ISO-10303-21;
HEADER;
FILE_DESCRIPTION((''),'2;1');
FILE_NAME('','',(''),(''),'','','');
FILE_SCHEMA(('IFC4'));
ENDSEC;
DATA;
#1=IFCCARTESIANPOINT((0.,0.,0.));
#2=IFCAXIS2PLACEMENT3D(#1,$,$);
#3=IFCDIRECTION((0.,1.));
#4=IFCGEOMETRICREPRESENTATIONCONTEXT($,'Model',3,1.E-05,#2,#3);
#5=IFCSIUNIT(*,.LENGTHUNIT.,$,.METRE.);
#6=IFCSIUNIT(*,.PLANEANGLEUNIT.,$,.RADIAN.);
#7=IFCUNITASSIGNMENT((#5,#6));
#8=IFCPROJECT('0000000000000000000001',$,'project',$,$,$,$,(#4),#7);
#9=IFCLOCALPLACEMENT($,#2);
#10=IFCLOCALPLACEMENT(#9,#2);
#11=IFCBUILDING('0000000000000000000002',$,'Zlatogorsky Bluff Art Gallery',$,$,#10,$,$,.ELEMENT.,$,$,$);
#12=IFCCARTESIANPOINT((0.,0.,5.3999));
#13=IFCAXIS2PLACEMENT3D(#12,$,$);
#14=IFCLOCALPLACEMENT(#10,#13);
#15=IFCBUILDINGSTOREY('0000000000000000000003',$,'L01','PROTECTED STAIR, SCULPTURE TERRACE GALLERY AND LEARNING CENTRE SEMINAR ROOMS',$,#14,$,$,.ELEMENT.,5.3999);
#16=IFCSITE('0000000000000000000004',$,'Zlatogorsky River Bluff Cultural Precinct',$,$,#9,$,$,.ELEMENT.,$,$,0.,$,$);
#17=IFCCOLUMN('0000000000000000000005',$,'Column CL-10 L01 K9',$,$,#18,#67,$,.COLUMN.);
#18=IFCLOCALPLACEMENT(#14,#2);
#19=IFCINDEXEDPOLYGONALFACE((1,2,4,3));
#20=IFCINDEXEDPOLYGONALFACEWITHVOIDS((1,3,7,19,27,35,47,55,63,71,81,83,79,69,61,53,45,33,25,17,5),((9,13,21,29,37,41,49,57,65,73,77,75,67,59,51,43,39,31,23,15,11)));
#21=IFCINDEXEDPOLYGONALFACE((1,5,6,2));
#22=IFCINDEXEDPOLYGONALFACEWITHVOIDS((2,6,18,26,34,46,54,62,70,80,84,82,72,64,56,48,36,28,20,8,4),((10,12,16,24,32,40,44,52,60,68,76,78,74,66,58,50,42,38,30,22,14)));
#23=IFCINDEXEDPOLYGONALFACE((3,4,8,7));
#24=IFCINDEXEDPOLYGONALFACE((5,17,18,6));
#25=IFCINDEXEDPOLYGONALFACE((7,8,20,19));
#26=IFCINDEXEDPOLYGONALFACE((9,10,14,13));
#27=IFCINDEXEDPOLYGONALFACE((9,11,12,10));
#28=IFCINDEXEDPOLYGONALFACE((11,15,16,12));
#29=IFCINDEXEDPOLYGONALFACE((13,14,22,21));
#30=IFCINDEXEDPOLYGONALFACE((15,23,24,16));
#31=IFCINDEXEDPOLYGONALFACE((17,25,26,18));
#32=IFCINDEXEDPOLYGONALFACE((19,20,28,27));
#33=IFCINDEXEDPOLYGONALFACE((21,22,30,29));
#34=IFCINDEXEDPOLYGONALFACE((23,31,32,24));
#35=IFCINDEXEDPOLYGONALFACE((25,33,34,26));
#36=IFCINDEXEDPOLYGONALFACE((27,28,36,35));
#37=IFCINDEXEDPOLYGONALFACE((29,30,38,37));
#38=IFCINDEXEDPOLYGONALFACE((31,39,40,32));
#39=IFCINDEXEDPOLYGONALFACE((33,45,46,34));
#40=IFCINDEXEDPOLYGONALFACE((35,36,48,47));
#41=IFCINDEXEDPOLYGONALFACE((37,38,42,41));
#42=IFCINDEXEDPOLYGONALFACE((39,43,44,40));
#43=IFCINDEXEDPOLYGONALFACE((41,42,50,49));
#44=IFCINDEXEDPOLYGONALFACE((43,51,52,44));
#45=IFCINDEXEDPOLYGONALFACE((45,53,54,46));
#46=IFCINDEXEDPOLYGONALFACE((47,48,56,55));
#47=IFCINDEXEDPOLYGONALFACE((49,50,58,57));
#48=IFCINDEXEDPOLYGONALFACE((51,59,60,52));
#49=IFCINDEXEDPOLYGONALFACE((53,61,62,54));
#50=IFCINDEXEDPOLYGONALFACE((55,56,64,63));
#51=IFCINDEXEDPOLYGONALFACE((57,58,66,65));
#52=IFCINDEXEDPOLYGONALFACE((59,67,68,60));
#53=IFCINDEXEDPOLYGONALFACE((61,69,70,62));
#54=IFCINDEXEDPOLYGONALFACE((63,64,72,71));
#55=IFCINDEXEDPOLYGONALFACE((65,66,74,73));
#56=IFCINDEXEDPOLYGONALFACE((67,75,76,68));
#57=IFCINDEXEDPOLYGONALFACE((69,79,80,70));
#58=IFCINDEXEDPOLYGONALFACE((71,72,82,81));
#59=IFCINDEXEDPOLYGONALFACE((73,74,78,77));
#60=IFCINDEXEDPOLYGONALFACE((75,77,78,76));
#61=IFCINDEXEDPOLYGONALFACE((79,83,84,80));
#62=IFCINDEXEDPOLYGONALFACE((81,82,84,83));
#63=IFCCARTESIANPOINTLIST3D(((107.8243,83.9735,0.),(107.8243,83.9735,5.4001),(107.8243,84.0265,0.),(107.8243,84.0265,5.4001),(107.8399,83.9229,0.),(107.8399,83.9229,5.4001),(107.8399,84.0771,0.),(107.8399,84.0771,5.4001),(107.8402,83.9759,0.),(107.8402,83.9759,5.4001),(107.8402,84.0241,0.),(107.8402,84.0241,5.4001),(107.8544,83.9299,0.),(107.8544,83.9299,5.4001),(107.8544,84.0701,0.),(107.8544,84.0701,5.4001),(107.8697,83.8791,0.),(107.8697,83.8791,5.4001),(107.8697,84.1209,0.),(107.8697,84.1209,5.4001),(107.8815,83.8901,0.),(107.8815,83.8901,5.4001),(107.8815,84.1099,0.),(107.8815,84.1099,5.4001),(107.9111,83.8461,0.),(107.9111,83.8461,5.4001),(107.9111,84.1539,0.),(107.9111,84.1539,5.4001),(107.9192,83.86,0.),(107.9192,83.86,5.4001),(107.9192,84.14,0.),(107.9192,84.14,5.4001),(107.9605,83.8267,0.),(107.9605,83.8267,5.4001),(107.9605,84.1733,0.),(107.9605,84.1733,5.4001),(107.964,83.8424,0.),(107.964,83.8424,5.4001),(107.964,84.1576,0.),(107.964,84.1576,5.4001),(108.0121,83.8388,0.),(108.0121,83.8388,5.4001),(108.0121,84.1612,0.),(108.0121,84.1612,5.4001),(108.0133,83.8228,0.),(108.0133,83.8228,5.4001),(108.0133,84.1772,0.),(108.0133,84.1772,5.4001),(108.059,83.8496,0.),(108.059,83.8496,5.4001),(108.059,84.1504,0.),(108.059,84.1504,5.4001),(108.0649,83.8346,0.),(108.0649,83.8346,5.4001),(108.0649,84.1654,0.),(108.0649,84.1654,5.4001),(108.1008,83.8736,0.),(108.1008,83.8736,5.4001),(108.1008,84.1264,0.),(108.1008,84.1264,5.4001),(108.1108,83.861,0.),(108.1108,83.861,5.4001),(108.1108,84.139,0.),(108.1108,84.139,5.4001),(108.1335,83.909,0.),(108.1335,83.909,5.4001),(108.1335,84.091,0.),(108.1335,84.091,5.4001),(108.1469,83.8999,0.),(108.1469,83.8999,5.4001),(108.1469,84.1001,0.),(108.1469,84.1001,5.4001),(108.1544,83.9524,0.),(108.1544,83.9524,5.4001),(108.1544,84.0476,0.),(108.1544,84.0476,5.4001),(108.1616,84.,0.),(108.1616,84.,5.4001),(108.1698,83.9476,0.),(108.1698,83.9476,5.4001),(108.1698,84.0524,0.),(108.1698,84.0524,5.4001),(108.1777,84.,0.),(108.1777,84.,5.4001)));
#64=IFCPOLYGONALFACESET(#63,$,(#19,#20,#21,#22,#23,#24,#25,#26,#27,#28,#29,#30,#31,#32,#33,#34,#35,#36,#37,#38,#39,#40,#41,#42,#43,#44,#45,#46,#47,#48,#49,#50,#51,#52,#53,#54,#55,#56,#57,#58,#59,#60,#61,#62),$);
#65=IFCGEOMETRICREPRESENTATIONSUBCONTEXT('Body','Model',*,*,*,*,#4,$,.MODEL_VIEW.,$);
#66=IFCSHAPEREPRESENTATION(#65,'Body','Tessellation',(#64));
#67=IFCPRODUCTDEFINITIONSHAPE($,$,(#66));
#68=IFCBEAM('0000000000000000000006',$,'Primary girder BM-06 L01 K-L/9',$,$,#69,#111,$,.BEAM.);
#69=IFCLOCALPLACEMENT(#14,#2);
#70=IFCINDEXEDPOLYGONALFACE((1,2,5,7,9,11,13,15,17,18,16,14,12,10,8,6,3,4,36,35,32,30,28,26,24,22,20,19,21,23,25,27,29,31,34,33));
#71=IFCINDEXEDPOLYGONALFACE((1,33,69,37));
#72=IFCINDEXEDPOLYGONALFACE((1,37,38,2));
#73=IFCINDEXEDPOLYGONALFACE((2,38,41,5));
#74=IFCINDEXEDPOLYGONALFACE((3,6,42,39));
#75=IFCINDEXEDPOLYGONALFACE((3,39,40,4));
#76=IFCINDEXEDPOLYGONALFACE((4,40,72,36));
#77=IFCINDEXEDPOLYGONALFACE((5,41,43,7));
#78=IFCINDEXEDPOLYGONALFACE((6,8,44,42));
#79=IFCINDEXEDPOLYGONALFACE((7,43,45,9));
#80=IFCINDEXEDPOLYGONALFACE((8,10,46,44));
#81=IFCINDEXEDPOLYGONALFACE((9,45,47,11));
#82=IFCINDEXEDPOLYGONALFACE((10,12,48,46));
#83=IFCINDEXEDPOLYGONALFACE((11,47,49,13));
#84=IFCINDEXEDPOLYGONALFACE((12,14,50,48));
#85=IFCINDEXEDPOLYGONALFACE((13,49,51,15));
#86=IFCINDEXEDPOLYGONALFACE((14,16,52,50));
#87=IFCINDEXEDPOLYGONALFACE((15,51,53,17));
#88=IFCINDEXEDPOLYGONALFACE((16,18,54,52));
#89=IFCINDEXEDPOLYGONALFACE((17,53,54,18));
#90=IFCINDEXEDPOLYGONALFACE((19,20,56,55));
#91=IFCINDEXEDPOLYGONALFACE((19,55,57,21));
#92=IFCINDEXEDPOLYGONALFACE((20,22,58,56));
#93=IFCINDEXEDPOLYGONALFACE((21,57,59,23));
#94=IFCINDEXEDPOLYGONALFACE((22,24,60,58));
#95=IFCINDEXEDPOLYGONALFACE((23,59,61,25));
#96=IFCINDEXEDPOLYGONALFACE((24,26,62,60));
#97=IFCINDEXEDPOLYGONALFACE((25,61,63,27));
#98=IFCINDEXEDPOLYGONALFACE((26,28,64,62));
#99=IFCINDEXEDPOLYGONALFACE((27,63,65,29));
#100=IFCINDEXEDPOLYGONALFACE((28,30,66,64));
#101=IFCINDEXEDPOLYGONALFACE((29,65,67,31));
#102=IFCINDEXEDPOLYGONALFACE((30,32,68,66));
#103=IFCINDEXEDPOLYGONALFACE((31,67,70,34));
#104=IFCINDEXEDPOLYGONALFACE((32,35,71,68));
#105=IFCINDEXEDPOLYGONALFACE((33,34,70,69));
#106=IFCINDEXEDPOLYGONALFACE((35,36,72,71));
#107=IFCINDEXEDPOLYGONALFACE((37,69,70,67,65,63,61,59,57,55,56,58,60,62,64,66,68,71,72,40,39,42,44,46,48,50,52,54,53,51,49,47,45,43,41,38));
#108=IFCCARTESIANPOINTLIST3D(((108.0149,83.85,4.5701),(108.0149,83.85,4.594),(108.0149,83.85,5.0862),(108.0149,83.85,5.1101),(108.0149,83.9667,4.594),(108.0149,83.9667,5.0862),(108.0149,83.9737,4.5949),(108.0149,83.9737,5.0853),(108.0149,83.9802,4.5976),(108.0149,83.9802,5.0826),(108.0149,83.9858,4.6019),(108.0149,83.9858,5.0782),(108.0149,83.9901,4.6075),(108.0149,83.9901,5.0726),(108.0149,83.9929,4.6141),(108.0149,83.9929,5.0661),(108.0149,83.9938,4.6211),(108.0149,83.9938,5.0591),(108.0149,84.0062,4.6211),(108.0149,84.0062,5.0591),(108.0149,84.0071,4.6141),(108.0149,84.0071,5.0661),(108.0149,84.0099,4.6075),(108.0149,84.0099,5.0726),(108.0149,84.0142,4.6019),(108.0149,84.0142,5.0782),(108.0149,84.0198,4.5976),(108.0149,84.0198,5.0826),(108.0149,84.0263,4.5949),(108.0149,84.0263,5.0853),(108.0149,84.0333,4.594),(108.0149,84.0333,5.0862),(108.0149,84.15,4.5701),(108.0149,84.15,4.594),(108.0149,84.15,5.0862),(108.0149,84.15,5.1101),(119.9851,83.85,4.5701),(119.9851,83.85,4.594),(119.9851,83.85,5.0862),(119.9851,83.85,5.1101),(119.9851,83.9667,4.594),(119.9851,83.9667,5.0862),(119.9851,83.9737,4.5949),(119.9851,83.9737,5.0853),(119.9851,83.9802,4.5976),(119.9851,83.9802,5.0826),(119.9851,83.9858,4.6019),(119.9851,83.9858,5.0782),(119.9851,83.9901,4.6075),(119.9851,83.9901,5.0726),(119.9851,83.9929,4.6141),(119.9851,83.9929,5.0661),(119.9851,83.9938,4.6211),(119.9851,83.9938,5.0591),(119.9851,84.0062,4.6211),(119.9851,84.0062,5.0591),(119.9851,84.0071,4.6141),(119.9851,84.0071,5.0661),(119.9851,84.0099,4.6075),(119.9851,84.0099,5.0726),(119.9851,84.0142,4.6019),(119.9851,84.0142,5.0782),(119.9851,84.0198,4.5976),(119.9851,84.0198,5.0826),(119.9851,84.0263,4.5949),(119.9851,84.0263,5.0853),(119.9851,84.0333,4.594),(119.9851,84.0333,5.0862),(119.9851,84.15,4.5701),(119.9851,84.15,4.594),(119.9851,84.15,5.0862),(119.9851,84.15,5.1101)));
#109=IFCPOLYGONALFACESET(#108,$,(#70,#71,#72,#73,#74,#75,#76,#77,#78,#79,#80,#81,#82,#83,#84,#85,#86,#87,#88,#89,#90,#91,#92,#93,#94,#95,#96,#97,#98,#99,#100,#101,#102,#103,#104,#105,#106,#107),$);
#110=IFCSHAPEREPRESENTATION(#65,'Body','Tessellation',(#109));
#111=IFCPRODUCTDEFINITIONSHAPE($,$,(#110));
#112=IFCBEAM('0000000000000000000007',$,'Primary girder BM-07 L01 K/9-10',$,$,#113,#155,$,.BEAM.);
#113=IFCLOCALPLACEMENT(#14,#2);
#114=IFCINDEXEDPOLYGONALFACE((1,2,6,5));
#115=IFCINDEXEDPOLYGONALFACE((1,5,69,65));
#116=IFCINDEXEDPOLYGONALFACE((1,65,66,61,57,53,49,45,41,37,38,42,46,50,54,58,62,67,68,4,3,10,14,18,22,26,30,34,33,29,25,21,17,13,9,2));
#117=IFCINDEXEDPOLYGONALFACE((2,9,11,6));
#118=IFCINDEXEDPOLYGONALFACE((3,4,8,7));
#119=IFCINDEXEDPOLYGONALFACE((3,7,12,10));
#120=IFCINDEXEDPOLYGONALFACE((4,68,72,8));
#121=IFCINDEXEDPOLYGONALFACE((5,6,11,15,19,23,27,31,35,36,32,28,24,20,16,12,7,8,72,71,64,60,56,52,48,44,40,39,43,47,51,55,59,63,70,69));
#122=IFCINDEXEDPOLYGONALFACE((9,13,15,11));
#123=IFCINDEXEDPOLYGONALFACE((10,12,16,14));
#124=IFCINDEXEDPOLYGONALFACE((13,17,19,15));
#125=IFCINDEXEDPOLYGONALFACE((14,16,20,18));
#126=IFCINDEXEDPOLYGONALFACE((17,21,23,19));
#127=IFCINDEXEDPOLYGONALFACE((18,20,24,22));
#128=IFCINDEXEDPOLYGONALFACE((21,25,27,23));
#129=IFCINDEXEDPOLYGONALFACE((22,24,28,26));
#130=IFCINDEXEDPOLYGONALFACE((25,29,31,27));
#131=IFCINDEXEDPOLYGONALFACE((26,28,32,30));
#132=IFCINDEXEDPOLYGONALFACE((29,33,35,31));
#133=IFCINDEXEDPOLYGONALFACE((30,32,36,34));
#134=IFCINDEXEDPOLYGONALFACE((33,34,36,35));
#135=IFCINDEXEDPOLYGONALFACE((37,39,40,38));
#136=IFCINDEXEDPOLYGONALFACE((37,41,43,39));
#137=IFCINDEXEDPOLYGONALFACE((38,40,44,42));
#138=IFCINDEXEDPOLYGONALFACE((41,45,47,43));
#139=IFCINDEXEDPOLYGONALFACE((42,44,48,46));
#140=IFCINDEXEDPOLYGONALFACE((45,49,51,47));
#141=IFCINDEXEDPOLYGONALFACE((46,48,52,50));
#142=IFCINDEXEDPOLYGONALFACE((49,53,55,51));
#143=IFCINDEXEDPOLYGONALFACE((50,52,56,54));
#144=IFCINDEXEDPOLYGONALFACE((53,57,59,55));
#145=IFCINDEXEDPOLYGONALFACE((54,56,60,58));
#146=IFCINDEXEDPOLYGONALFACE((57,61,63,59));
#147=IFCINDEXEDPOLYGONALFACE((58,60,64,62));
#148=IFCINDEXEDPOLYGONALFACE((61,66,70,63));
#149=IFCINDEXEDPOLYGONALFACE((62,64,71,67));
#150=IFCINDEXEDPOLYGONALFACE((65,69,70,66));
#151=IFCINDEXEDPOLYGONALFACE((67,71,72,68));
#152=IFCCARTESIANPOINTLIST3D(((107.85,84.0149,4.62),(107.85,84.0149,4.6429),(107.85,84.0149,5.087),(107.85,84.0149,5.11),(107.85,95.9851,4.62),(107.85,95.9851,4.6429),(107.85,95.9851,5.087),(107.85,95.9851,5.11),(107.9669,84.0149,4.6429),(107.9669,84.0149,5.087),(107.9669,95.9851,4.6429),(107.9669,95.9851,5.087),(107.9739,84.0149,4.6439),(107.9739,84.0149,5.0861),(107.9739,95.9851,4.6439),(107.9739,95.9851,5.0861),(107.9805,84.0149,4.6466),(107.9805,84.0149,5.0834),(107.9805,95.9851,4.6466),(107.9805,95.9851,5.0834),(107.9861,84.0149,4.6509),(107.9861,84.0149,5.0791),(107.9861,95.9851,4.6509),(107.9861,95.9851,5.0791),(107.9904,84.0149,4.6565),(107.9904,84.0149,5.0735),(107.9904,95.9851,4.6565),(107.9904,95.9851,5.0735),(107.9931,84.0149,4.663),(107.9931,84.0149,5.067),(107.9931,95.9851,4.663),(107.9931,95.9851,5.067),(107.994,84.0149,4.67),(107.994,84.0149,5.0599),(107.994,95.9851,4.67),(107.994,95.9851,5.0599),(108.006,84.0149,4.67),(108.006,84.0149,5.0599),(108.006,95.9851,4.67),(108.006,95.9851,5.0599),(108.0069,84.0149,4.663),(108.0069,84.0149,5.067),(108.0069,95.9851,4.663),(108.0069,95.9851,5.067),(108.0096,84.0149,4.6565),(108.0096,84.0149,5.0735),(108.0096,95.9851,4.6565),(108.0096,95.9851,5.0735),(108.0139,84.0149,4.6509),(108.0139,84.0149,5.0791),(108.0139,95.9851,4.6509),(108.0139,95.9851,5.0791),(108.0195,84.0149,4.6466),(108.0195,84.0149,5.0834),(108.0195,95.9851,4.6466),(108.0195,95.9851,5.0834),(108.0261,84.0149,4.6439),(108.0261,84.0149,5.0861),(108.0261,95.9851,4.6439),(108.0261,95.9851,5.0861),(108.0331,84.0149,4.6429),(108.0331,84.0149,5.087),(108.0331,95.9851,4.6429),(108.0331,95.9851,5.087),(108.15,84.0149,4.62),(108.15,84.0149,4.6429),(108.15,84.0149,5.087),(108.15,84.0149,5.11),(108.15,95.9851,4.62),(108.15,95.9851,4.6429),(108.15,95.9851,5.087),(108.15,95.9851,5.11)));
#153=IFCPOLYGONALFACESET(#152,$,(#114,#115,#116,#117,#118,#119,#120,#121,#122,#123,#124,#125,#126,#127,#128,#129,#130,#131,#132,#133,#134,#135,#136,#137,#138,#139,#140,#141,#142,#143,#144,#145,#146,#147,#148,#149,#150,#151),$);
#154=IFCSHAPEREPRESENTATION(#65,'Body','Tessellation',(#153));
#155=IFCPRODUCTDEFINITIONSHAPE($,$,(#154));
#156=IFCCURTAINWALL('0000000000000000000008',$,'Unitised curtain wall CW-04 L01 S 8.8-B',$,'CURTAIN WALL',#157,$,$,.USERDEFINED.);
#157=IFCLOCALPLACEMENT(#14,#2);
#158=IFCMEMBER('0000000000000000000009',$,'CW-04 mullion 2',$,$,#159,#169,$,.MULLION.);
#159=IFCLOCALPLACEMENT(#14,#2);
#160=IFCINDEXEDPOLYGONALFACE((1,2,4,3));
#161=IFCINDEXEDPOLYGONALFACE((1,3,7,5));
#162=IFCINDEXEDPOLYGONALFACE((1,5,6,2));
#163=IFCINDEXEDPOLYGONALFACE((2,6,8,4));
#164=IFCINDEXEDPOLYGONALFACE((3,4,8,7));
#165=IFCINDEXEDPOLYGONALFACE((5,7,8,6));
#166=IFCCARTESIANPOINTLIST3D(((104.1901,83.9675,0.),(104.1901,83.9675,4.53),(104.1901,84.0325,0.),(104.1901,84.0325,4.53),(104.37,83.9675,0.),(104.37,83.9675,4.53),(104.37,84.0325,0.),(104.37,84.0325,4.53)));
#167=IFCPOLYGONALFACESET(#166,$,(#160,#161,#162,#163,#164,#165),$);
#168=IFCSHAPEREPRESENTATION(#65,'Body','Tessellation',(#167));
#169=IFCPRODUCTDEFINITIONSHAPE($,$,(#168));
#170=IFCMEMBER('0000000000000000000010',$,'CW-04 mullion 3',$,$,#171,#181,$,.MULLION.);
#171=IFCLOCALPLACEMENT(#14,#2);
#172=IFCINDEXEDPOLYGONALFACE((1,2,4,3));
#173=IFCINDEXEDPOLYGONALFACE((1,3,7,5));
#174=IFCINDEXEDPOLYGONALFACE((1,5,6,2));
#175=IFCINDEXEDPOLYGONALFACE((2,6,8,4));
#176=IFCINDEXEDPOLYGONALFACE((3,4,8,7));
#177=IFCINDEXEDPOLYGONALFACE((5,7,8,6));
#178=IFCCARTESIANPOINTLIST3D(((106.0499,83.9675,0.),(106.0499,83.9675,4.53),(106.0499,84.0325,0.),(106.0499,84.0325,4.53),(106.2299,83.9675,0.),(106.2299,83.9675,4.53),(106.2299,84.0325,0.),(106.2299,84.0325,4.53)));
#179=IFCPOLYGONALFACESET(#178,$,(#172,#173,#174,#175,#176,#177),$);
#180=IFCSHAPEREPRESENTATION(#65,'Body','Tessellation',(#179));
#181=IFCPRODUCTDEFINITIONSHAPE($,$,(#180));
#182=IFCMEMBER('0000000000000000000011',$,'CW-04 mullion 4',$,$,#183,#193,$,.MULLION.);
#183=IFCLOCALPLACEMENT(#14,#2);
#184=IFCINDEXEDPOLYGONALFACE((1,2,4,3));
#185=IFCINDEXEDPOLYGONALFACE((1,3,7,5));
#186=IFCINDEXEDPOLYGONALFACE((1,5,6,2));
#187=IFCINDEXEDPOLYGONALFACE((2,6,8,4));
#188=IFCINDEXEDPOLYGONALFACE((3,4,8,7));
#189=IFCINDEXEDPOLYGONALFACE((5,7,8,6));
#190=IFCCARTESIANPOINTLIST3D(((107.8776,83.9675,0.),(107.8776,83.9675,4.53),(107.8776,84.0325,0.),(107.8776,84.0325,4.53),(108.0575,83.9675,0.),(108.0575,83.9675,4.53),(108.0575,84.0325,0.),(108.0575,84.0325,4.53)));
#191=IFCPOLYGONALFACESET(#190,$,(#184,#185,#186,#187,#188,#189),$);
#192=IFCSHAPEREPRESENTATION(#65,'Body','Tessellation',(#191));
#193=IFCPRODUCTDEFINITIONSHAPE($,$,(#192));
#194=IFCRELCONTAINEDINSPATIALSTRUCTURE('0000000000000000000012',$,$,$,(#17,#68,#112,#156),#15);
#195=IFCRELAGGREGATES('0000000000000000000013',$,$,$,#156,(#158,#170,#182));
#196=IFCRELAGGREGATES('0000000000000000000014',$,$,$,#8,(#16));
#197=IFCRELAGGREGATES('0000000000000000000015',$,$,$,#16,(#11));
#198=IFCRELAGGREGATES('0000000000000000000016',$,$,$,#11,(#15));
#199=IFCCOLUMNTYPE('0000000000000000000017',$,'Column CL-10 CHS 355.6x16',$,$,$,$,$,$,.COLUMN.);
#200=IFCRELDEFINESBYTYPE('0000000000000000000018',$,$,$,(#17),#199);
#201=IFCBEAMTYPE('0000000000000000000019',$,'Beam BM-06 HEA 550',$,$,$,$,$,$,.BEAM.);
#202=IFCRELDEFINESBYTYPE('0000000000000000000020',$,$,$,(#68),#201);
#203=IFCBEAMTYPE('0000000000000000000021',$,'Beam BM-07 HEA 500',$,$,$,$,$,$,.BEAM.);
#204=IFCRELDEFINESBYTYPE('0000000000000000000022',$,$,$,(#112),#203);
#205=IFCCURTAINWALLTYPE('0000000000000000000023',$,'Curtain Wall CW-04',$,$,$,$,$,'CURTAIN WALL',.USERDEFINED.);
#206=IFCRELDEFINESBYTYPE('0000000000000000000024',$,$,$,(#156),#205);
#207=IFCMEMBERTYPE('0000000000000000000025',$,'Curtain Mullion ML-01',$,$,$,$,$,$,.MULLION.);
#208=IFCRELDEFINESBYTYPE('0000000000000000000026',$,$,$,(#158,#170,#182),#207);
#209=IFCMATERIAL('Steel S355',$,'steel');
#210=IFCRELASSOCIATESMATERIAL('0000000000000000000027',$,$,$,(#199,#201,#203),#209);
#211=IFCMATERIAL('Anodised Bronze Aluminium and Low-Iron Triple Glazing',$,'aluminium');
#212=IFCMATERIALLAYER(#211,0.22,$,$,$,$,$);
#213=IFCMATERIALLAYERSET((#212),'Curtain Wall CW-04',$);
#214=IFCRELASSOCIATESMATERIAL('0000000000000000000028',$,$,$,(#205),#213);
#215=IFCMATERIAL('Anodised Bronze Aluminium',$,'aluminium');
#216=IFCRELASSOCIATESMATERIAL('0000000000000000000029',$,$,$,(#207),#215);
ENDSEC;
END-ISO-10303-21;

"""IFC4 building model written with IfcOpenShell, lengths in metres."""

from ifc_helpers import new_model, si_unit, direction, frame, origin, origin_2d, place, context, subcontext, project, spatial, rectangle, hollow_circle, i_section, extrude, material, layer, layer_set, material_profile, profile_set, type_object, element, aggregate, save


model = new_model("IFC4")

# Units and contexts
model_context = context("Model", 3, precision=1e-05, world=origin(), true_north=direction((0.0, 1.0)))
body_context = subcontext(model_context, "Body", "Model", "MODEL_VIEW")
ifc_project = project(units=[si_unit("LENGTHUNIT", "METRE"), si_unit("PLANEANGLEUNIT", "RADIAN")], contexts=[model_context])

# Site, building, storey
site_placement = place(None, origin())
site = spatial("IfcSite", under=ifc_project, at=site_placement, Name="Zlatogorsky River Bluff Cultural Precinct", CompositionType="ELEMENT", RefElevation=0.0)
building_placement = place(site_placement, origin())
building = spatial("IfcBuilding", under=site, at=building_placement, Name="Zlatogorsky Bluff Art Gallery", CompositionType="ELEMENT")
storey_placement = place(building_placement, frame((0.0, 0.0, 5.3999)))
storey = spatial("IfcBuildingStorey", under=building, at=storey_placement, Name="L01", Description="PROTECTED STAIR, SCULPTURE TERRACE GALLERY AND LEARNING CENTRE SEMINAR ROOMS", CompositionType="ELEMENT", Elevation=5.3999)

# Column
ifc_material_1 = material(Name="Steel S355", Category="steel")
ifc_material_profile_1 = material_profile(ifc_material_1, hollow_circle(Radius=0.1777, WallThickness=0.0161, at=origin_2d()), Name="CHS 355.6x16")
ifc_profile_set_1 = profile_set([ifc_material_profile_1], Name="Steel S355")
column_type = type_object("IfcColumnType", Name="Column CL-10 CHS 355.6x16", PredefinedType="COLUMN", material=ifc_profile_set_1)
column_placement = place(storey_placement, frame((108.0, 84.0, 0.0), z_axis=(0.0, 0.0, 1.0), x_axis=(1.0, 0.0, 0.0)))
element("IfcColumn", 1, at=column_placement, inside=storey, type_object=column_type, Name="Column CL-10 L01 K9", PredefinedType="COLUMN", context=body_context, shape_type="SweptSolid", body=[
    extrude(hollow_circle(Radius=0.1777, WallThickness=0.0161, at=origin_2d()), origin(), (0.0, 0.0, 1.0), 5.4001),
])

# Beams
ifc_material_profile_2 = material_profile(ifc_material_1, i_section(OverallWidth=0.3, OverallDepth=0.54, WebThickness=0.0125, FlangeThickness=0.0239, FilletRadius=0.0271, at=origin_2d()), Name="HEA 550")
ifc_profile_set_2 = profile_set([ifc_material_profile_2], Name="Steel S355")
beam_type_1 = type_object("IfcBeamType", Name="Beam BM-06 HEA 550", PredefinedType="BEAM", material=ifc_profile_set_2)
beam_1_placement = place(storey_placement, frame((108.0149, 84.0, 4.8401), z_axis=(1.0, 0.0, 0.0), x_axis=(0.0, 1.0, 0.0)))
element("IfcBeam", 2, at=beam_1_placement, inside=storey, type_object=beam_type_1, Name="Primary girder BM-06 L01 K-L/9", PredefinedType="BEAM", context=body_context, shape_type="SweptSolid", body=[
    extrude(i_section(OverallWidth=0.3, OverallDepth=0.54, WebThickness=0.0125, FlangeThickness=0.0239, FilletRadius=0.0271, at=origin_2d()), origin(), (0.0, 0.0, 1.0), 11.9702),
])
ifc_material_profile_3 = material_profile(ifc_material_1, i_section(OverallWidth=0.3, OverallDepth=0.49, WebThickness=0.012, FlangeThickness=0.0229, FilletRadius=0.0271, at=origin_2d()), Name="HEA 500")
ifc_profile_set_3 = profile_set([ifc_material_profile_3], Name="Steel S355")
beam_type_2 = type_object("IfcBeamType", Name="Beam BM-07 HEA 500", PredefinedType="BEAM", material=ifc_profile_set_3)
beam_2_placement = place(storey_placement, frame((108.0, 84.0149, 4.865), z_axis=(0.0, 1.0, 0.0), x_axis=(-1.0, 0.0, 0.0)))
element("IfcBeam", 3, at=beam_2_placement, inside=storey, type_object=beam_type_2, Name="Primary girder BM-07 L01 K/9-10", PredefinedType="BEAM", context=body_context, shape_type="SweptSolid", body=[
    extrude(i_section(OverallWidth=0.3, OverallDepth=0.49, WebThickness=0.012, FlangeThickness=0.0229, FilletRadius=0.0271, at=origin_2d()), origin(), (0.0, 0.0, 1.0), 11.9702),
])

# Curtain wall, members
ifc_material_2 = material(Name="Anodised Bronze Aluminium and Low-Iron Triple Glazing", Category="aluminium")
ifc_layer_1 = layer(ifc_material_2, 0.22)
ifc_layer_set_1 = layer_set([ifc_layer_1], Name="Curtain Wall CW-04")
curtain_wall_type = type_object("IfcCurtainWallType", Name="Curtain Wall CW-04", ElementType="CURTAIN WALL", PredefinedType="USERDEFINED", material=ifc_layer_set_1)
curtain_wall_1_placement = place(storey_placement, origin())
curtain_wall_1 = element("IfcCurtainWall", 4, at=curtain_wall_1_placement, inside=storey, type_object=curtain_wall_type, Name="Unitised curtain wall CW-04 L01 S 8.8-B", ObjectType="CURTAIN WALL", PredefinedType="USERDEFINED")
ifc_material_3 = material(Name="Anodised Bronze Aluminium", Category="aluminium")
ifc_material_profile_4 = material_profile(ifc_material_3, rectangle(XDim=0.0649, YDim=0.1799, at=origin_2d()), Name="ALU MULLION 65x180")
ifc_profile_set_4 = profile_set([ifc_material_profile_4], Name="Anodised Bronze Aluminium")
member_type_1 = type_object("IfcMemberType", Name="Curtain Mullion ML-01", PredefinedType="MULLION", material=ifc_profile_set_4)
member_1_placement = place(storey_placement, frame((104.28, 84.0, 0.0), z_axis=(0.0, 0.0, 1.0), x_axis=(0.0, 1.0, 0.0)))
member_1 = element("IfcMember", 5, at=member_1_placement, type_object=member_type_1, Name="CW-04 mullion 2", PredefinedType="MULLION", context=body_context, shape_type="SweptSolid", body=[
    extrude(rectangle(XDim=0.0649, YDim=0.1799, at=origin_2d()), origin(), (0.0, 0.0, 1.0), 4.53),
])
member_2_placement = place(storey_placement, frame((106.1399, 84.0, 0.0), z_axis=(0.0, 0.0, 1.0), x_axis=(0.0, 1.0, 0.0)))
member_2 = element("IfcMember", 6, at=member_2_placement, type_object=member_type_1, Name="CW-04 mullion 3", PredefinedType="MULLION", context=body_context, shape_type="SweptSolid", body=[
    extrude(rectangle(XDim=0.0649, YDim=0.1799, at=origin_2d()), origin(), (0.0, 0.0, 1.0), 4.53),
])
member_3_placement = place(storey_placement, frame((107.9675, 84.0, 0.0), z_axis=(0.0, 0.0, 1.0), x_axis=(0.0, 1.0, 0.0)))
member_3 = element("IfcMember", 7, at=member_3_placement, type_object=member_type_1, Name="CW-04 mullion 4", PredefinedType="MULLION", context=body_context, shape_type="SweptSolid", body=[
    extrude(rectangle(XDim=0.0649, YDim=0.1799, at=origin_2d()), origin(), (0.0, 0.0, 1.0), 4.53),
])

aggregate(curtain_wall_1, [member_1, member_2, member_3])

save(model, "model.ifc")
